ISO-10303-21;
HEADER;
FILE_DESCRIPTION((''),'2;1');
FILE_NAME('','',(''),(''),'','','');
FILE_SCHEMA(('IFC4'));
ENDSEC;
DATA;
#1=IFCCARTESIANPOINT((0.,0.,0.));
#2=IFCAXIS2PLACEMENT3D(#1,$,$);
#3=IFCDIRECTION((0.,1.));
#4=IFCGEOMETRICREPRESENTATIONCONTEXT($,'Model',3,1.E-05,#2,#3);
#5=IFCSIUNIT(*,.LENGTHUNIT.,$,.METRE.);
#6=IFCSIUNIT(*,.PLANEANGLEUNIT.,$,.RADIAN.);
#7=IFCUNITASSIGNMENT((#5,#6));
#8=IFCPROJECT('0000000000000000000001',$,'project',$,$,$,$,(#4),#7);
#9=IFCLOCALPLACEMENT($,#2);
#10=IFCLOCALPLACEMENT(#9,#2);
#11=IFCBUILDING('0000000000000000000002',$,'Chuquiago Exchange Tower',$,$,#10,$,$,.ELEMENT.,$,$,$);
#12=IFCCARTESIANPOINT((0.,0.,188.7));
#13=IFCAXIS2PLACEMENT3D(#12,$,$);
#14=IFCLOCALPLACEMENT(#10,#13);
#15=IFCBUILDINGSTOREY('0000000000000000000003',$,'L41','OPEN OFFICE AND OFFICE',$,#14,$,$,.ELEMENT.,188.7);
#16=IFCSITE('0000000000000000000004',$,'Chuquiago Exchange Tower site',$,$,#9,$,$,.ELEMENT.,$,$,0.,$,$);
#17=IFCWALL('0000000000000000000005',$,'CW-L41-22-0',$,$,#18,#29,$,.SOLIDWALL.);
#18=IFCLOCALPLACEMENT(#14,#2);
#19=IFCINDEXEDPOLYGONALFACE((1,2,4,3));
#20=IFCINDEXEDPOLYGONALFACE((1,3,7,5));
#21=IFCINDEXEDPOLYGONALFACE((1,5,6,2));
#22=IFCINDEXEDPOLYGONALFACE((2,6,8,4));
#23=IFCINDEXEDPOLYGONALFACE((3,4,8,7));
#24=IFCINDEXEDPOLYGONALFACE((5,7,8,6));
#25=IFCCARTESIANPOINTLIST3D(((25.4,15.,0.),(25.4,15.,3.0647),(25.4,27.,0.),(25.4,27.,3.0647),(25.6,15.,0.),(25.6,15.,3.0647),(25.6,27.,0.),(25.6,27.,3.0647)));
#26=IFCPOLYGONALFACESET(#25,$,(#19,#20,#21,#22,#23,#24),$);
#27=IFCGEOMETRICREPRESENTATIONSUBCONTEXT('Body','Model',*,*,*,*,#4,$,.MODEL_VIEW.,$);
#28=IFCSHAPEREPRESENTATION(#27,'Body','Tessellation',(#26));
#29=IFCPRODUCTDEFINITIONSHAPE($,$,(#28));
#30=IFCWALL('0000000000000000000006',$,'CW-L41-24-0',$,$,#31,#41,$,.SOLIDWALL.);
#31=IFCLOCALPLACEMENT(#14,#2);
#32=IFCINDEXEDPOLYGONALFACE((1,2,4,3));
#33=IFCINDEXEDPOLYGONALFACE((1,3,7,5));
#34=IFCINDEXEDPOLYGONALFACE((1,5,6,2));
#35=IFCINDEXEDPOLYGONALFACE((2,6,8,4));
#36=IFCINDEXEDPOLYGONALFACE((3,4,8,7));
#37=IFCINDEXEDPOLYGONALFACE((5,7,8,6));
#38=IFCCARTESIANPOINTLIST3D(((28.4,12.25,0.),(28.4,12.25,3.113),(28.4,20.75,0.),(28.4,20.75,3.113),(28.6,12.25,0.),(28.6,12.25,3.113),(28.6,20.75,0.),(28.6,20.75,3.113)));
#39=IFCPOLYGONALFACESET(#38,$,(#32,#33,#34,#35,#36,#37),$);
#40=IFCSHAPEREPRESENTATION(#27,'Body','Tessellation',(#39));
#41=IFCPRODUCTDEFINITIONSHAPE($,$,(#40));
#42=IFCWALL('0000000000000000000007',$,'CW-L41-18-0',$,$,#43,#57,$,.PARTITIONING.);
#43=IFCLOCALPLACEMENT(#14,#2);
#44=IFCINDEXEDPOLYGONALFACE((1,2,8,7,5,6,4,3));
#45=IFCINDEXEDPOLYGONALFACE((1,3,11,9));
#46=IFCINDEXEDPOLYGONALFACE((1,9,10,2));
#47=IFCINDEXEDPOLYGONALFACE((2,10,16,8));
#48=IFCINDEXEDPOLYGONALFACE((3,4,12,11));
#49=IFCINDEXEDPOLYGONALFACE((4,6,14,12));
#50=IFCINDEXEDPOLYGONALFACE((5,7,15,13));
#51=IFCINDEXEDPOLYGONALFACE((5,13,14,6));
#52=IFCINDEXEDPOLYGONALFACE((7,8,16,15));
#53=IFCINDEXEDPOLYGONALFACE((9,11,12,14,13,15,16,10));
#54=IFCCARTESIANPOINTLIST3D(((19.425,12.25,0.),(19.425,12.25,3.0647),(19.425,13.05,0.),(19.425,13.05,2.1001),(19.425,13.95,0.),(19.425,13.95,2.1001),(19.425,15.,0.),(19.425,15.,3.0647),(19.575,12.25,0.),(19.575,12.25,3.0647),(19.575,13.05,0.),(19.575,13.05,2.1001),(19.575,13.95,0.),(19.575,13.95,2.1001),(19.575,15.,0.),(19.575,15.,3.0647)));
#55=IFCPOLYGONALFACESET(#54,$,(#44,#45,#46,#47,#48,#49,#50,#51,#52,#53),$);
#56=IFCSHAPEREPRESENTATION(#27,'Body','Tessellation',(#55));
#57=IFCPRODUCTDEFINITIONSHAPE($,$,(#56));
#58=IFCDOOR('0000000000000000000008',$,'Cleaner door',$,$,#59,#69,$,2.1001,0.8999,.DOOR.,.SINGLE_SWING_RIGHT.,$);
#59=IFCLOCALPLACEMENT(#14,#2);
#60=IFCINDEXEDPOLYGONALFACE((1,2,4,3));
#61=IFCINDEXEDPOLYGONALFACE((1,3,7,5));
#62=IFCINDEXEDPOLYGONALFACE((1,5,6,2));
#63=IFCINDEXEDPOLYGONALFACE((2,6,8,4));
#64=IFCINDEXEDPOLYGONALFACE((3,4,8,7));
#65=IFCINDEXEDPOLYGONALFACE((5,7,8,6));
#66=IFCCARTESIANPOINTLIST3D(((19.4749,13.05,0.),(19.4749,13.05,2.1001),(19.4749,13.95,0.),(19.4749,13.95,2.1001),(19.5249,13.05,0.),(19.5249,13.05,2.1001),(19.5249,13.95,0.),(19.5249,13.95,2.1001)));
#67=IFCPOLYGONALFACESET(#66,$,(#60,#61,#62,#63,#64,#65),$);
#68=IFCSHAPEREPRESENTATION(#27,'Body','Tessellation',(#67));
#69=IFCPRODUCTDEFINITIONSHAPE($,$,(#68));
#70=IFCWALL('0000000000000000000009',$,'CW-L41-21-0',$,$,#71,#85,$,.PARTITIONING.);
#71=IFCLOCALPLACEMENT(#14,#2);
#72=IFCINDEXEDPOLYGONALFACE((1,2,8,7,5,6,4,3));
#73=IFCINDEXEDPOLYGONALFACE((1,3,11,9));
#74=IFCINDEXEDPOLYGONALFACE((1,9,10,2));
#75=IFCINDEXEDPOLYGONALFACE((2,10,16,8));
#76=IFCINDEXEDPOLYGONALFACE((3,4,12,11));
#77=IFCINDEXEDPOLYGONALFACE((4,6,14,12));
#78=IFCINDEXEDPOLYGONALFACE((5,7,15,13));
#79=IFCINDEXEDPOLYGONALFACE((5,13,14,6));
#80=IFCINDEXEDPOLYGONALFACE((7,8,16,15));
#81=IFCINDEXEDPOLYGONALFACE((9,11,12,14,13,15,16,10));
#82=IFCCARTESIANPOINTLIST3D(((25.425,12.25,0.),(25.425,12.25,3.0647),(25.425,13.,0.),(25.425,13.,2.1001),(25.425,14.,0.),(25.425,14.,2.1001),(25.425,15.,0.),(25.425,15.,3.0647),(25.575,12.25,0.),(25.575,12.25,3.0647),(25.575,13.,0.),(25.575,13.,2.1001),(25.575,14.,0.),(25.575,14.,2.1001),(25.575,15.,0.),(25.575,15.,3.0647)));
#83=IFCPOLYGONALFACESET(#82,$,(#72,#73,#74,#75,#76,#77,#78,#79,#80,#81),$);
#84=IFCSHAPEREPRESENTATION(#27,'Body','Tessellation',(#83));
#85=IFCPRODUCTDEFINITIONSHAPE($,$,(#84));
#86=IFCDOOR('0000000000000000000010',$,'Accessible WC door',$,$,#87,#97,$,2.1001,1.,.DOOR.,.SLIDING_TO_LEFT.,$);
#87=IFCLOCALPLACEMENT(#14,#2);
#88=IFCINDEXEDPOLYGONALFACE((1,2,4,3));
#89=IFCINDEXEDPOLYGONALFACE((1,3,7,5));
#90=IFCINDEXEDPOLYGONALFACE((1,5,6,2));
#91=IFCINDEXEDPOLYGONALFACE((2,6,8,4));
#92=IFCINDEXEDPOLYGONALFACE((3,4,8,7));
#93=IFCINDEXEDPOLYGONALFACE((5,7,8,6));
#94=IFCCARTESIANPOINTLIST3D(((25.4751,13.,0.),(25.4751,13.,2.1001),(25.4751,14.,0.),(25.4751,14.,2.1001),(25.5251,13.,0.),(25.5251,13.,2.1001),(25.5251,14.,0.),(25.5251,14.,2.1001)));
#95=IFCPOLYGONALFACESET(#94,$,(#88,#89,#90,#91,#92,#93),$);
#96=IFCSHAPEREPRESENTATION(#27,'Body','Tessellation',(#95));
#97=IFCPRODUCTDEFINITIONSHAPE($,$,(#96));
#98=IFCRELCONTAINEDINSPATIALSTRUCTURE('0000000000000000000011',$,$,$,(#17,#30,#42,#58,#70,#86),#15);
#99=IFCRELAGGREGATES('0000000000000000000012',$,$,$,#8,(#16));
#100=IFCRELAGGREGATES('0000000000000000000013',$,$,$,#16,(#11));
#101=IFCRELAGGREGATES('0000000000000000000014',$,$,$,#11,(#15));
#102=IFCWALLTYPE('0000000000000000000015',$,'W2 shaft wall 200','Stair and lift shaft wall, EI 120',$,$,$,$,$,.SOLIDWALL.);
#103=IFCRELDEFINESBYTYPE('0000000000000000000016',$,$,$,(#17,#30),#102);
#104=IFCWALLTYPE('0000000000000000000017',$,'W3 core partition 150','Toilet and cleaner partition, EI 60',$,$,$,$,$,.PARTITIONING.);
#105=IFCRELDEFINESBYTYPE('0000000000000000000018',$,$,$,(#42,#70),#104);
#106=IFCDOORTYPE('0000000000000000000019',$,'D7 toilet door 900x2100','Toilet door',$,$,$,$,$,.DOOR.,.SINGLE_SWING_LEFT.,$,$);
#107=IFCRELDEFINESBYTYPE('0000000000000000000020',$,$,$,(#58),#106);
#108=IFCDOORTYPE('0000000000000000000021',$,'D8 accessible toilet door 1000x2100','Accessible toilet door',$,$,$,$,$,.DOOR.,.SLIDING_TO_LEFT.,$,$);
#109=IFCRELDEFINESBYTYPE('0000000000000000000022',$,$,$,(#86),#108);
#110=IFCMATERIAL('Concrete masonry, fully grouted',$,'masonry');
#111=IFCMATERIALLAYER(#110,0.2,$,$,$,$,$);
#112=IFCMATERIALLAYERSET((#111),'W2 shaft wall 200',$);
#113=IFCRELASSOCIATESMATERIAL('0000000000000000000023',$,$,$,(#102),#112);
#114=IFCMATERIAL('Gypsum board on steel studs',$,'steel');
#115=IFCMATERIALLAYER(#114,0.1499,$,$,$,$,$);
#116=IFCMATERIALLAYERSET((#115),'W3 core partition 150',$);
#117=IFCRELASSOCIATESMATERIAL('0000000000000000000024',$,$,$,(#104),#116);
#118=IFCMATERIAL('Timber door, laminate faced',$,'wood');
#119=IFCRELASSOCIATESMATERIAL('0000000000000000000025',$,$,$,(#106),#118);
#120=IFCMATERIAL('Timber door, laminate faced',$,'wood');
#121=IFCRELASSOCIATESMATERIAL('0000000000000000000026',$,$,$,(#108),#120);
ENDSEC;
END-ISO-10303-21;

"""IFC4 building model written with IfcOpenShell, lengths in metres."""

from ifc_helpers import new_model, si_unit, direction, frame, frame_2d, origin, place, context, subcontext, project, spatial, rectangle, extrude, material, layer, layer_set, type_object, element, fill, save


model = new_model("IFC4")

# Units and contexts
model_context = context("Model", 3, precision=1e-05, world=origin(), true_north=direction((0.0, 1.0)))
body_context = subcontext(model_context, "Body", "Model", "MODEL_VIEW")
ifc_project = project(units=[si_unit("LENGTHUNIT", "METRE"), si_unit("PLANEANGLEUNIT", "RADIAN")], contexts=[model_context])

# Site, building, storey
site_placement = place(None, origin())
site = spatial("IfcSite", under=ifc_project, at=site_placement, Name="Chuquiago Exchange Tower site", CompositionType="ELEMENT", RefElevation=0.0)
building_placement = place(site_placement, origin())
building = spatial("IfcBuilding", under=site, at=building_placement, Name="Chuquiago Exchange Tower", CompositionType="ELEMENT")
storey_placement = place(building_placement, frame((0.0, 0.0, 188.7)))
storey = spatial("IfcBuildingStorey", under=building, at=storey_placement, Name="L41", Description="OPEN OFFICE AND OFFICE", CompositionType="ELEMENT", Elevation=188.7)

# Shared definitions
ifc_material_1 = material(Name="Concrete masonry, fully grouted", Category="masonry")
ifc_layer_1 = layer(ifc_material_1, 0.2)
ifc_layer_set_1 = layer_set([ifc_layer_1], Name="W2 shaft wall 200")
wall_type_1 = type_object("IfcWallType", Name="W2 shaft wall 200", Description="Stair and lift shaft wall, EI 120", PredefinedType="SOLIDWALL", material=ifc_layer_set_1)

# Walls
wall_1_placement = place(storey_placement, frame((25.5, 15.0, 0.0), z_axis=(0.0, 0.0, 1.0), x_axis=(0.0, 1.0, 0.0)))
element("IfcWall", 1, at=wall_1_placement, inside=storey, type_object=wall_type_1, Name="CW-L41-22-0", PredefinedType="SOLIDWALL", context=body_context, shape_type="SweptSolid", body=[
    extrude(rectangle(XDim=12.0, YDim=0.2, at=frame_2d((6.0, 0.0))), origin(), (0.0, 0.0, 1.0), 3.0647),
])
wall_2_placement = place(storey_placement, frame((28.5, 12.25, 0.0), z_axis=(0.0, 0.0, 1.0), x_axis=(0.0, 1.0, 0.0)))
element("IfcWall", 2, at=wall_2_placement, inside=storey, type_object=wall_type_1, Name="CW-L41-24-0", PredefinedType="SOLIDWALL", context=body_context, shape_type="SweptSolid", body=[
    extrude(rectangle(XDim=8.5, YDim=0.2, at=frame_2d((4.25, 0.0))), origin(), (0.0, 0.0, 1.0), 3.113),
])

# Walls, openings, doors
ifc_material_2 = material(Name="Gypsum board on steel studs", Category="steel")
ifc_layer_2 = layer(ifc_material_2, 0.1499)
ifc_layer_set_2 = layer_set([ifc_layer_2], Name="W3 core partition 150")
wall_type_2 = type_object("IfcWallType", Name="W3 core partition 150", Description="Toilet and cleaner partition, EI 60", PredefinedType="PARTITIONING", material=ifc_layer_set_2)
wall_3_placement = place(storey_placement, frame((19.5, 12.25, 0.0), z_axis=(0.0, 0.0, 1.0), x_axis=(0.0, 1.0, 0.0)))
wall_3 = element("IfcWall", 3, at=wall_3_placement, inside=storey, type_object=wall_type_2, Name="CW-L41-18-0", PredefinedType="PARTITIONING", context=body_context, shape_type="SweptSolid", body=[
    extrude(rectangle(XDim=2.75, YDim=0.1499, at=frame_2d((1.375, 0.0))), origin(), (0.0, 0.0, 1.0), 3.0647),
])
opening_1_placement = place(wall_3_placement, frame((0.8, 0.0, 0.0)))
opening_1 = element("IfcOpeningElement", 4, at=opening_1_placement, cuts=wall_3, PredefinedType="OPENING", context=body_context, shape_type="SweptSolid", body=[
    extrude(rectangle(XDim=0.8999, YDim=2.1001, at=frame_2d((0.45, 1.05))), frame((0.0, 0.085, 0.0), z_axis=(0.0, -1.0, 0.0), x_axis=(1.0, 0.0, 0.0)), (0.0, 0.0, 1.0), 0.1699),
])
ifc_material_3 = material(Name="Timber door, laminate faced", Category="wood")
door_type_1 = type_object("IfcDoorType", Name="D7 toilet door 900x2100", Description="Toilet door", OperationType="SINGLE_SWING_LEFT", PredefinedType="DOOR", material=ifc_material_3)
door_1_placement = place(opening_1_placement, frame((0.8999, 0.0, 0.0), z_axis=(0.0, 0.0, 1.0), x_axis=(-1.0, 0.0, 0.0)))
door_1 = element("IfcDoor", 5, at=door_1_placement, inside=storey, type_object=door_type_1, Name="Cleaner door", OperationType="SINGLE_SWING_RIGHT", OverallHeight=2.1001, OverallWidth=0.8999, PredefinedType="DOOR", context=body_context, shape_type="SweptSolid", body=[
    extrude(rectangle(XDim=0.8999, YDim=2.1001, at=frame_2d((0.45, 1.05))), frame((0.0, 0.0249, 0.0), z_axis=(0.0, -1.0, 0.0), x_axis=(1.0, 0.0, 0.0)), (0.0, 0.0, 1.0), 0.05),
])
fill(opening_1, door_1)
wall_4_placement = place(storey_placement, frame((25.5, 12.25, 0.0), z_axis=(0.0, 0.0, 1.0), x_axis=(0.0, 1.0, 0.0)))
wall_4 = element("IfcWall", 6, at=wall_4_placement, inside=storey, type_object=wall_type_2, Name="CW-L41-21-0", PredefinedType="PARTITIONING", context=body_context, shape_type="SweptSolid", body=[
    extrude(rectangle(XDim=2.75, YDim=0.1499, at=frame_2d((1.375, 0.0))), origin(), (0.0, 0.0, 1.0), 3.0647),
])
opening_2_placement = place(wall_4_placement, frame((0.75, 0.0, 0.0)))
opening_2 = element("IfcOpeningElement", 7, at=opening_2_placement, cuts=wall_4, PredefinedType="OPENING", context=body_context, shape_type="SweptSolid", body=[
    extrude(rectangle(XDim=1.0, YDim=2.1001, at=frame_2d((0.5, 1.05))), frame((0.0, 0.085, 0.0), z_axis=(0.0, -1.0, 0.0), x_axis=(1.0, 0.0, 0.0)), (0.0, 0.0, 1.0), 0.1699),
])
ifc_material_4 = material(Name="Timber door, laminate faced", Category="wood")
door_type_2 = type_object("IfcDoorType", Name="D8 accessible toilet door 1000x2100", Description="Accessible toilet door", OperationType="SLIDING_TO_LEFT", PredefinedType="DOOR", material=ifc_material_4)
door_2_placement = place(opening_2_placement, origin())
door_2 = element("IfcDoor", 8, at=door_2_placement, inside=storey, type_object=door_type_2, Name="Accessible WC door", OperationType="SLIDING_TO_LEFT", OverallHeight=2.1001, OverallWidth=1.0, PredefinedType="DOOR", context=body_context, shape_type="SweptSolid", body=[
    extrude(rectangle(XDim=1.0, YDim=2.1001, at=frame_2d((0.5, 1.05))), frame((0.0, 0.0249, 0.0), z_axis=(0.0, -1.0, 0.0), x_axis=(1.0, 0.0, 0.0)), (0.0, 0.0, 1.0), 0.05),
])
fill(opening_2, door_2)

save(model, "model.ifc")
